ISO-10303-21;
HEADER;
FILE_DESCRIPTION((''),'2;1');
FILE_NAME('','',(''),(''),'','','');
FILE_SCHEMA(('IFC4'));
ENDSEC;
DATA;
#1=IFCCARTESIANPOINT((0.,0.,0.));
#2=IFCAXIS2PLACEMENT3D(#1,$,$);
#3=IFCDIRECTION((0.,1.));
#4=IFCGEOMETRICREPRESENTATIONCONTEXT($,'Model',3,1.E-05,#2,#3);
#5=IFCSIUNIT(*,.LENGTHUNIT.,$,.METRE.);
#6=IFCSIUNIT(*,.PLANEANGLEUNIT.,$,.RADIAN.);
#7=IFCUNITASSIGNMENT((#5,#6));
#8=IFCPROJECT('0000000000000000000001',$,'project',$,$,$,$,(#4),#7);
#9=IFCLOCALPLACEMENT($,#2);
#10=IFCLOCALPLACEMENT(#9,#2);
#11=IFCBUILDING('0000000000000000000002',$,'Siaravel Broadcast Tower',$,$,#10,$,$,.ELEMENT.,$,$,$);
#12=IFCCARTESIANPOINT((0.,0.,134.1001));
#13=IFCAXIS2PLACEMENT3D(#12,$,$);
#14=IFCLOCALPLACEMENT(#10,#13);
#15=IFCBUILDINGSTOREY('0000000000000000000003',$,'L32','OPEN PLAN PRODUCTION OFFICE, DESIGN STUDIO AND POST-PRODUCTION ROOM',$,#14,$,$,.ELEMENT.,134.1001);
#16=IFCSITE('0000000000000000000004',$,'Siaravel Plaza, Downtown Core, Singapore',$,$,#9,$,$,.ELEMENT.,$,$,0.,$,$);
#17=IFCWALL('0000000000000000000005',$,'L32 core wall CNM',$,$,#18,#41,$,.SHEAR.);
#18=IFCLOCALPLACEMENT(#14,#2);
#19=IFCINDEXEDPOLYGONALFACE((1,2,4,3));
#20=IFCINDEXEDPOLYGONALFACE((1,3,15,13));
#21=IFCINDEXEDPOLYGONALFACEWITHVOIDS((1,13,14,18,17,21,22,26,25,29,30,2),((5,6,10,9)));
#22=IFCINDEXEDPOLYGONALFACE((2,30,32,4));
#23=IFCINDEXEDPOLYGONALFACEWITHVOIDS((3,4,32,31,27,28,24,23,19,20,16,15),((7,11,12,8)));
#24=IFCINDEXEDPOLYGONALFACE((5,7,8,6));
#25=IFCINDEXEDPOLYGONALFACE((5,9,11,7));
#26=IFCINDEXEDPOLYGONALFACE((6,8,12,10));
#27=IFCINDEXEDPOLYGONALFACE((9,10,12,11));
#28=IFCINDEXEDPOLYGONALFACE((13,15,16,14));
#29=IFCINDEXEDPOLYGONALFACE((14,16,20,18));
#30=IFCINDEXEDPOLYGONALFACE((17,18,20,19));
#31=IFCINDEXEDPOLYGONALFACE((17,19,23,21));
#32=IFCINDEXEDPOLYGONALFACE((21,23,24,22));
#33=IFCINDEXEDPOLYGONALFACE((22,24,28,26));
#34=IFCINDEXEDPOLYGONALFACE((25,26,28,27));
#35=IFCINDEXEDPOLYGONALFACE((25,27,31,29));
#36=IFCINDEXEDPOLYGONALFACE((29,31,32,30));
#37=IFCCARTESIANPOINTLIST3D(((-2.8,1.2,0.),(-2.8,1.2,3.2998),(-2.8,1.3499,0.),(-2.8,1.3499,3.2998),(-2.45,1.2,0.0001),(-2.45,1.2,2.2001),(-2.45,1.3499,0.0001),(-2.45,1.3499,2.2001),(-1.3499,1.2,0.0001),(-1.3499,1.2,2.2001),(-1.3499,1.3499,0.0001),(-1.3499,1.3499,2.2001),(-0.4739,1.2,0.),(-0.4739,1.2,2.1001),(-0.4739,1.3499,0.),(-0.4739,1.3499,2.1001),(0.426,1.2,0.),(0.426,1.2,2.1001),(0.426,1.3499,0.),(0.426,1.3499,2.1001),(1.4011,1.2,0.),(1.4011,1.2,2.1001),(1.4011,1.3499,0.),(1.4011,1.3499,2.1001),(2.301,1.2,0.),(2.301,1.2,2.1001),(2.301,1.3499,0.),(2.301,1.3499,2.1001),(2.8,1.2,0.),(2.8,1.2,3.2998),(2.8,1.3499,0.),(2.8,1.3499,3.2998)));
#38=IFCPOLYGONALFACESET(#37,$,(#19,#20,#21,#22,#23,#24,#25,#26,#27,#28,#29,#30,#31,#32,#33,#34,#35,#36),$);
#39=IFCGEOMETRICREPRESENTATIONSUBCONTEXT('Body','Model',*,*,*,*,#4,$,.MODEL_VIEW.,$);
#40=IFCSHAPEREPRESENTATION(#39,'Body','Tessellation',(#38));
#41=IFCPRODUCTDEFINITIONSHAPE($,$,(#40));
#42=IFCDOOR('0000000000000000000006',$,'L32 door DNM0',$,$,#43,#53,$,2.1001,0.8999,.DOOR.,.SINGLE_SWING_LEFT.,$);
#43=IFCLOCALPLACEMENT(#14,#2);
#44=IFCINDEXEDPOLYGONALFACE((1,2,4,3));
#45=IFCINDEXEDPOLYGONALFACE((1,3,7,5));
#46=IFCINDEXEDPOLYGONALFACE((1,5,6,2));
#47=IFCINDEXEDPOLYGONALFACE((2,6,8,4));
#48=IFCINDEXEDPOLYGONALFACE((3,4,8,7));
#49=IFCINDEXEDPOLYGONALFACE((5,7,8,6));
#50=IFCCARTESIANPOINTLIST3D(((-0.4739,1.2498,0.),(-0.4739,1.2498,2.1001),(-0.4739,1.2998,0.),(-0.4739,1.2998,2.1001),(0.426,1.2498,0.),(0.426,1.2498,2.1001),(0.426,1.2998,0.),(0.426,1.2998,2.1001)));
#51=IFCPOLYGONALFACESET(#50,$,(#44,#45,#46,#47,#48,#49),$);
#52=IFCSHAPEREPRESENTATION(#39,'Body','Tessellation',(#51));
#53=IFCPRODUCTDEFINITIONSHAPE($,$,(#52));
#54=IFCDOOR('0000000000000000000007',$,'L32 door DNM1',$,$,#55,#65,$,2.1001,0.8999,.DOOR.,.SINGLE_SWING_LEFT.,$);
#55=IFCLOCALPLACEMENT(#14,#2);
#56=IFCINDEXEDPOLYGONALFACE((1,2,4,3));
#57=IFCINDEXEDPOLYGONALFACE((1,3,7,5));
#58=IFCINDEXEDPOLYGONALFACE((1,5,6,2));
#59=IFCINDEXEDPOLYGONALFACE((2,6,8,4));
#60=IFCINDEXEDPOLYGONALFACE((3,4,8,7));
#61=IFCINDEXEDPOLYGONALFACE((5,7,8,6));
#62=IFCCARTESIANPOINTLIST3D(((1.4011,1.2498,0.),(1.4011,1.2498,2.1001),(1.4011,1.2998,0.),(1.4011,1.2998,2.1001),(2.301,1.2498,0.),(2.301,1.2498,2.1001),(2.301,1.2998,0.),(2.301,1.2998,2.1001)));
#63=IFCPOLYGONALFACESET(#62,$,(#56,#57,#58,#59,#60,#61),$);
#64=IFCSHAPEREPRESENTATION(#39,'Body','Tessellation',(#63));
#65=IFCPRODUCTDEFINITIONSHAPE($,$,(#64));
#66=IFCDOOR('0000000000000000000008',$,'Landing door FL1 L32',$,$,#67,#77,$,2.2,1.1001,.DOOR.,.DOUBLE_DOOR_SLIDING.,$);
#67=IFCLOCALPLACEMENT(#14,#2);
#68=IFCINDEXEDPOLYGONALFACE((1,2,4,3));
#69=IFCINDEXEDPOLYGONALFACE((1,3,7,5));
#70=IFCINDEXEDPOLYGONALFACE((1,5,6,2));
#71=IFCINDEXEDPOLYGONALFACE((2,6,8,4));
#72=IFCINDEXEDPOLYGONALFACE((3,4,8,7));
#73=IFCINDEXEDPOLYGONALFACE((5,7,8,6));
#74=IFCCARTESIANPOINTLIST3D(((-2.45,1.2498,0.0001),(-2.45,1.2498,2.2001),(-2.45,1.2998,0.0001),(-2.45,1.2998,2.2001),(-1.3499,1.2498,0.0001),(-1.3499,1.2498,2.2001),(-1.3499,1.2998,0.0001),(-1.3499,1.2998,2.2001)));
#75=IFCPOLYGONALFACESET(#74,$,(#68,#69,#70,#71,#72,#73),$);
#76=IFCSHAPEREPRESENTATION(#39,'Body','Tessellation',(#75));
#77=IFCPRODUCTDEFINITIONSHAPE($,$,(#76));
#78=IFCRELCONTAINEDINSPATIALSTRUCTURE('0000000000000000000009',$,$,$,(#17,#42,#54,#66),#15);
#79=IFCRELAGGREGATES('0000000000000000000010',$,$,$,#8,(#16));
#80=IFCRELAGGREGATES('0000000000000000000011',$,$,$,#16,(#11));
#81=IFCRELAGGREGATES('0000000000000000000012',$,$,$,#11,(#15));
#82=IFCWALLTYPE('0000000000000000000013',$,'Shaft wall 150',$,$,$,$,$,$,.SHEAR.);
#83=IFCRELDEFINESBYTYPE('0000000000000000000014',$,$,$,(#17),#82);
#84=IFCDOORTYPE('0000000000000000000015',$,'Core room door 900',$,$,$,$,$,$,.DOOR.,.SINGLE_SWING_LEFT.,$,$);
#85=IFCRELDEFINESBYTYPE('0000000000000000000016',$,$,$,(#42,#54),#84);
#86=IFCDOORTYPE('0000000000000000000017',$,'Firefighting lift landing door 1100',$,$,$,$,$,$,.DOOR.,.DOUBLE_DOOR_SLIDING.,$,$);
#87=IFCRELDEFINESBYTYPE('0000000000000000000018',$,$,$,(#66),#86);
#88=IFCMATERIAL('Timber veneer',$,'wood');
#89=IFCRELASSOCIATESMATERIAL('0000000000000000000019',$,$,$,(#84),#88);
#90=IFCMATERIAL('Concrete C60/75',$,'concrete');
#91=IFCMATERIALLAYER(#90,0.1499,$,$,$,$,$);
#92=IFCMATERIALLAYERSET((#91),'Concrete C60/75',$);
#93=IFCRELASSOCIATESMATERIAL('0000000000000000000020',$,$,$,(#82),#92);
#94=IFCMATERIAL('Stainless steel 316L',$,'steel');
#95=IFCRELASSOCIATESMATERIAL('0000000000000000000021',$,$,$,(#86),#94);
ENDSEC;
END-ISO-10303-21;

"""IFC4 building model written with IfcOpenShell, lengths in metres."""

from ifc_helpers import new_model, si_unit, direction, frame, frame_2d, origin, place, context, subcontext, project, spatial, rectangle, extrude, material, layer, layer_set, type_object, element, fill, save


model = new_model("IFC4")

# Units and contexts
model_context = context("Model", 3, precision=1e-05, world=origin(), true_north=direction((0.0, 1.0)))
body_context = subcontext(model_context, "Body", "Model", "MODEL_VIEW")
ifc_project = project(units=[si_unit("LENGTHUNIT", "METRE"), si_unit("PLANEANGLEUNIT", "RADIAN")], contexts=[model_context])

# Site, building, storey
site_placement = place(None, origin())
site = spatial("IfcSite", under=ifc_project, at=site_placement, Name="Siaravel Plaza, Downtown Core, Singapore", CompositionType="ELEMENT", RefElevation=0.0)
building_placement = place(site_placement, origin())
building = spatial("IfcBuilding", under=site, at=building_placement, Name="Siaravel Broadcast Tower", CompositionType="ELEMENT")
storey_placement = place(building_placement, frame((0.0, 0.0, 134.1001)))
storey = spatial("IfcBuildingStorey", under=building, at=storey_placement, Name="L32", Description="OPEN PLAN PRODUCTION OFFICE, DESIGN STUDIO AND POST-PRODUCTION ROOM", CompositionType="ELEMENT", Elevation=134.1001)

# Shared definitions
ifc_material_1 = material(Name="Timber veneer", Category="wood")
door_type_1 = type_object("IfcDoorType", Name="Core room door 900", OperationType="SINGLE_SWING_LEFT", PredefinedType="DOOR", material=ifc_material_1)

# Wall, openings, doors
ifc_material_2 = material(Name="Concrete C60/75", Category="concrete")
ifc_layer_1 = layer(ifc_material_2, 0.1499)
ifc_layer_set_1 = layer_set([ifc_layer_1], Name="Concrete C60/75")
wall_type_1 = type_object("IfcWallType", Name="Shaft wall 150", PredefinedType="SHEAR", material=ifc_layer_set_1)
ifc_material_3 = material(Name="Stainless steel 316L", Category="steel")
door_type_2 = type_object("IfcDoorType", Name="Firefighting lift landing door 1100", OperationType="DOUBLE_DOOR_SLIDING", PredefinedType="DOOR", material=ifc_material_3)
wall_1_placement = place(storey_placement, frame((-2.8, 1.2749, 0.0), z_axis=(0.0, 0.0, 1.0), x_axis=(1.0, 0.0, 0.0)))
wall_1 = element("IfcWall", 1, at=wall_1_placement, inside=storey, type_object=wall_type_1, Name="L32 core wall CNM", PredefinedType="SHEAR", context=body_context, shape_type="SweptSolid", body=[
    extrude(rectangle(XDim=5.6001, YDim=0.1499, at=frame_2d((2.8, 0.0))), origin(), (0.0, 0.0, 1.0), 3.2998),
])
opening_1_placement = place(wall_1_placement, frame((0.3501, 0.0, 0.0)))
opening_1 = element("IfcOpeningElement", 2, at=opening_1_placement, cuts=wall_1, PredefinedType="OPENING", context=body_context, shape_type="SweptSolid", body=[
    extrude(rectangle(XDim=1.1001, YDim=2.2, at=frame_2d((0.55, 1.1001))), frame((0.0, 0.085, 0.0), z_axis=(0.0, -1.0, 0.0), x_axis=(1.0, 0.0, 0.0)), (0.0, 0.0, 1.0), 0.1699),
])
opening_2_placement = place(wall_1_placement, frame((2.3262, 0.0, 0.0)))
opening_2 = element("IfcOpeningElement", 3, at=opening_2_placement, cuts=wall_1, PredefinedType="OPENING", context=body_context, shape_type="SweptSolid", body=[
    extrude(rectangle(XDim=0.8999, YDim=2.1001, at=frame_2d((0.45, 1.05))), frame((0.0, 0.085, 0.0), z_axis=(0.0, -1.0, 0.0), x_axis=(1.0, 0.0, 0.0)), (0.0, 0.0, 1.0), 0.1699),
])
opening_3_placement = place(wall_1_placement, frame((4.2012, 0.0, 0.0)))
opening_3 = element("IfcOpeningElement", 4, at=opening_3_placement, cuts=wall_1, PredefinedType="OPENING", context=body_context, shape_type="SweptSolid", body=[
    extrude(rectangle(XDim=0.8999, YDim=2.1001, at=frame_2d((0.45, 1.05))), frame((0.0, 0.085, 0.0), z_axis=(0.0, -1.0, 0.0), x_axis=(1.0, 0.0, 0.0)), (0.0, 0.0, 1.0), 0.1699),
])
door_1_placement = place(opening_2_placement, origin())
door_1 = element("IfcDoor", 5, at=door_1_placement, inside=storey, type_object=door_type_1, Name="L32 door DNM0", OperationType="SINGLE_SWING_LEFT", OverallHeight=2.1001, OverallWidth=0.8999, PredefinedType="DOOR", context=body_context, shape_type="SweptSolid", body=[
    extrude(rectangle(XDim=0.8999, YDim=2.1001, at=frame_2d((0.45, 1.05))), frame((0.0, 0.0249, 0.0), z_axis=(0.0, -1.0, 0.0), x_axis=(1.0, 0.0, 0.0)), (0.0, 0.0, 1.0), 0.05),
])
fill(opening_2, door_1)
door_2_placement = place(opening_3_placement, origin())
door_2 = element("IfcDoor", 6, at=door_2_placement, inside=storey, type_object=door_type_1, Name="L32 door DNM1", OperationType="SINGLE_SWING_LEFT", OverallHeight=2.1001, OverallWidth=0.8999, PredefinedType="DOOR", context=body_context, shape_type="SweptSolid", body=[
    extrude(rectangle(XDim=0.8999, YDim=2.1001, at=frame_2d((0.45, 1.05))), frame((0.0, 0.0249, 0.0), z_axis=(0.0, -1.0, 0.0), x_axis=(1.0, 0.0, 0.0)), (0.0, 0.0, 1.0), 0.05),
])
fill(opening_3, door_2)
door_3_placement = place(opening_1_placement, origin())
door_3 = element("IfcDoor", 7, at=door_3_placement, inside=storey, type_object=door_type_2, Name="Landing door FL1 L32", OperationType="DOUBLE_DOOR_SLIDING", OverallHeight=2.2, OverallWidth=1.1001, PredefinedType="DOOR", context=body_context, shape_type="SweptSolid", body=[
    extrude(rectangle(XDim=1.1001, YDim=2.2, at=frame_2d((0.55, 1.1001))), frame((0.0, 0.0249, 0.0), z_axis=(0.0, -1.0, 0.0), x_axis=(1.0, 0.0, 0.0)), (0.0, 0.0, 1.0), 0.05),
])
fill(opening_1, door_3)

save(model, "model.ifc")
